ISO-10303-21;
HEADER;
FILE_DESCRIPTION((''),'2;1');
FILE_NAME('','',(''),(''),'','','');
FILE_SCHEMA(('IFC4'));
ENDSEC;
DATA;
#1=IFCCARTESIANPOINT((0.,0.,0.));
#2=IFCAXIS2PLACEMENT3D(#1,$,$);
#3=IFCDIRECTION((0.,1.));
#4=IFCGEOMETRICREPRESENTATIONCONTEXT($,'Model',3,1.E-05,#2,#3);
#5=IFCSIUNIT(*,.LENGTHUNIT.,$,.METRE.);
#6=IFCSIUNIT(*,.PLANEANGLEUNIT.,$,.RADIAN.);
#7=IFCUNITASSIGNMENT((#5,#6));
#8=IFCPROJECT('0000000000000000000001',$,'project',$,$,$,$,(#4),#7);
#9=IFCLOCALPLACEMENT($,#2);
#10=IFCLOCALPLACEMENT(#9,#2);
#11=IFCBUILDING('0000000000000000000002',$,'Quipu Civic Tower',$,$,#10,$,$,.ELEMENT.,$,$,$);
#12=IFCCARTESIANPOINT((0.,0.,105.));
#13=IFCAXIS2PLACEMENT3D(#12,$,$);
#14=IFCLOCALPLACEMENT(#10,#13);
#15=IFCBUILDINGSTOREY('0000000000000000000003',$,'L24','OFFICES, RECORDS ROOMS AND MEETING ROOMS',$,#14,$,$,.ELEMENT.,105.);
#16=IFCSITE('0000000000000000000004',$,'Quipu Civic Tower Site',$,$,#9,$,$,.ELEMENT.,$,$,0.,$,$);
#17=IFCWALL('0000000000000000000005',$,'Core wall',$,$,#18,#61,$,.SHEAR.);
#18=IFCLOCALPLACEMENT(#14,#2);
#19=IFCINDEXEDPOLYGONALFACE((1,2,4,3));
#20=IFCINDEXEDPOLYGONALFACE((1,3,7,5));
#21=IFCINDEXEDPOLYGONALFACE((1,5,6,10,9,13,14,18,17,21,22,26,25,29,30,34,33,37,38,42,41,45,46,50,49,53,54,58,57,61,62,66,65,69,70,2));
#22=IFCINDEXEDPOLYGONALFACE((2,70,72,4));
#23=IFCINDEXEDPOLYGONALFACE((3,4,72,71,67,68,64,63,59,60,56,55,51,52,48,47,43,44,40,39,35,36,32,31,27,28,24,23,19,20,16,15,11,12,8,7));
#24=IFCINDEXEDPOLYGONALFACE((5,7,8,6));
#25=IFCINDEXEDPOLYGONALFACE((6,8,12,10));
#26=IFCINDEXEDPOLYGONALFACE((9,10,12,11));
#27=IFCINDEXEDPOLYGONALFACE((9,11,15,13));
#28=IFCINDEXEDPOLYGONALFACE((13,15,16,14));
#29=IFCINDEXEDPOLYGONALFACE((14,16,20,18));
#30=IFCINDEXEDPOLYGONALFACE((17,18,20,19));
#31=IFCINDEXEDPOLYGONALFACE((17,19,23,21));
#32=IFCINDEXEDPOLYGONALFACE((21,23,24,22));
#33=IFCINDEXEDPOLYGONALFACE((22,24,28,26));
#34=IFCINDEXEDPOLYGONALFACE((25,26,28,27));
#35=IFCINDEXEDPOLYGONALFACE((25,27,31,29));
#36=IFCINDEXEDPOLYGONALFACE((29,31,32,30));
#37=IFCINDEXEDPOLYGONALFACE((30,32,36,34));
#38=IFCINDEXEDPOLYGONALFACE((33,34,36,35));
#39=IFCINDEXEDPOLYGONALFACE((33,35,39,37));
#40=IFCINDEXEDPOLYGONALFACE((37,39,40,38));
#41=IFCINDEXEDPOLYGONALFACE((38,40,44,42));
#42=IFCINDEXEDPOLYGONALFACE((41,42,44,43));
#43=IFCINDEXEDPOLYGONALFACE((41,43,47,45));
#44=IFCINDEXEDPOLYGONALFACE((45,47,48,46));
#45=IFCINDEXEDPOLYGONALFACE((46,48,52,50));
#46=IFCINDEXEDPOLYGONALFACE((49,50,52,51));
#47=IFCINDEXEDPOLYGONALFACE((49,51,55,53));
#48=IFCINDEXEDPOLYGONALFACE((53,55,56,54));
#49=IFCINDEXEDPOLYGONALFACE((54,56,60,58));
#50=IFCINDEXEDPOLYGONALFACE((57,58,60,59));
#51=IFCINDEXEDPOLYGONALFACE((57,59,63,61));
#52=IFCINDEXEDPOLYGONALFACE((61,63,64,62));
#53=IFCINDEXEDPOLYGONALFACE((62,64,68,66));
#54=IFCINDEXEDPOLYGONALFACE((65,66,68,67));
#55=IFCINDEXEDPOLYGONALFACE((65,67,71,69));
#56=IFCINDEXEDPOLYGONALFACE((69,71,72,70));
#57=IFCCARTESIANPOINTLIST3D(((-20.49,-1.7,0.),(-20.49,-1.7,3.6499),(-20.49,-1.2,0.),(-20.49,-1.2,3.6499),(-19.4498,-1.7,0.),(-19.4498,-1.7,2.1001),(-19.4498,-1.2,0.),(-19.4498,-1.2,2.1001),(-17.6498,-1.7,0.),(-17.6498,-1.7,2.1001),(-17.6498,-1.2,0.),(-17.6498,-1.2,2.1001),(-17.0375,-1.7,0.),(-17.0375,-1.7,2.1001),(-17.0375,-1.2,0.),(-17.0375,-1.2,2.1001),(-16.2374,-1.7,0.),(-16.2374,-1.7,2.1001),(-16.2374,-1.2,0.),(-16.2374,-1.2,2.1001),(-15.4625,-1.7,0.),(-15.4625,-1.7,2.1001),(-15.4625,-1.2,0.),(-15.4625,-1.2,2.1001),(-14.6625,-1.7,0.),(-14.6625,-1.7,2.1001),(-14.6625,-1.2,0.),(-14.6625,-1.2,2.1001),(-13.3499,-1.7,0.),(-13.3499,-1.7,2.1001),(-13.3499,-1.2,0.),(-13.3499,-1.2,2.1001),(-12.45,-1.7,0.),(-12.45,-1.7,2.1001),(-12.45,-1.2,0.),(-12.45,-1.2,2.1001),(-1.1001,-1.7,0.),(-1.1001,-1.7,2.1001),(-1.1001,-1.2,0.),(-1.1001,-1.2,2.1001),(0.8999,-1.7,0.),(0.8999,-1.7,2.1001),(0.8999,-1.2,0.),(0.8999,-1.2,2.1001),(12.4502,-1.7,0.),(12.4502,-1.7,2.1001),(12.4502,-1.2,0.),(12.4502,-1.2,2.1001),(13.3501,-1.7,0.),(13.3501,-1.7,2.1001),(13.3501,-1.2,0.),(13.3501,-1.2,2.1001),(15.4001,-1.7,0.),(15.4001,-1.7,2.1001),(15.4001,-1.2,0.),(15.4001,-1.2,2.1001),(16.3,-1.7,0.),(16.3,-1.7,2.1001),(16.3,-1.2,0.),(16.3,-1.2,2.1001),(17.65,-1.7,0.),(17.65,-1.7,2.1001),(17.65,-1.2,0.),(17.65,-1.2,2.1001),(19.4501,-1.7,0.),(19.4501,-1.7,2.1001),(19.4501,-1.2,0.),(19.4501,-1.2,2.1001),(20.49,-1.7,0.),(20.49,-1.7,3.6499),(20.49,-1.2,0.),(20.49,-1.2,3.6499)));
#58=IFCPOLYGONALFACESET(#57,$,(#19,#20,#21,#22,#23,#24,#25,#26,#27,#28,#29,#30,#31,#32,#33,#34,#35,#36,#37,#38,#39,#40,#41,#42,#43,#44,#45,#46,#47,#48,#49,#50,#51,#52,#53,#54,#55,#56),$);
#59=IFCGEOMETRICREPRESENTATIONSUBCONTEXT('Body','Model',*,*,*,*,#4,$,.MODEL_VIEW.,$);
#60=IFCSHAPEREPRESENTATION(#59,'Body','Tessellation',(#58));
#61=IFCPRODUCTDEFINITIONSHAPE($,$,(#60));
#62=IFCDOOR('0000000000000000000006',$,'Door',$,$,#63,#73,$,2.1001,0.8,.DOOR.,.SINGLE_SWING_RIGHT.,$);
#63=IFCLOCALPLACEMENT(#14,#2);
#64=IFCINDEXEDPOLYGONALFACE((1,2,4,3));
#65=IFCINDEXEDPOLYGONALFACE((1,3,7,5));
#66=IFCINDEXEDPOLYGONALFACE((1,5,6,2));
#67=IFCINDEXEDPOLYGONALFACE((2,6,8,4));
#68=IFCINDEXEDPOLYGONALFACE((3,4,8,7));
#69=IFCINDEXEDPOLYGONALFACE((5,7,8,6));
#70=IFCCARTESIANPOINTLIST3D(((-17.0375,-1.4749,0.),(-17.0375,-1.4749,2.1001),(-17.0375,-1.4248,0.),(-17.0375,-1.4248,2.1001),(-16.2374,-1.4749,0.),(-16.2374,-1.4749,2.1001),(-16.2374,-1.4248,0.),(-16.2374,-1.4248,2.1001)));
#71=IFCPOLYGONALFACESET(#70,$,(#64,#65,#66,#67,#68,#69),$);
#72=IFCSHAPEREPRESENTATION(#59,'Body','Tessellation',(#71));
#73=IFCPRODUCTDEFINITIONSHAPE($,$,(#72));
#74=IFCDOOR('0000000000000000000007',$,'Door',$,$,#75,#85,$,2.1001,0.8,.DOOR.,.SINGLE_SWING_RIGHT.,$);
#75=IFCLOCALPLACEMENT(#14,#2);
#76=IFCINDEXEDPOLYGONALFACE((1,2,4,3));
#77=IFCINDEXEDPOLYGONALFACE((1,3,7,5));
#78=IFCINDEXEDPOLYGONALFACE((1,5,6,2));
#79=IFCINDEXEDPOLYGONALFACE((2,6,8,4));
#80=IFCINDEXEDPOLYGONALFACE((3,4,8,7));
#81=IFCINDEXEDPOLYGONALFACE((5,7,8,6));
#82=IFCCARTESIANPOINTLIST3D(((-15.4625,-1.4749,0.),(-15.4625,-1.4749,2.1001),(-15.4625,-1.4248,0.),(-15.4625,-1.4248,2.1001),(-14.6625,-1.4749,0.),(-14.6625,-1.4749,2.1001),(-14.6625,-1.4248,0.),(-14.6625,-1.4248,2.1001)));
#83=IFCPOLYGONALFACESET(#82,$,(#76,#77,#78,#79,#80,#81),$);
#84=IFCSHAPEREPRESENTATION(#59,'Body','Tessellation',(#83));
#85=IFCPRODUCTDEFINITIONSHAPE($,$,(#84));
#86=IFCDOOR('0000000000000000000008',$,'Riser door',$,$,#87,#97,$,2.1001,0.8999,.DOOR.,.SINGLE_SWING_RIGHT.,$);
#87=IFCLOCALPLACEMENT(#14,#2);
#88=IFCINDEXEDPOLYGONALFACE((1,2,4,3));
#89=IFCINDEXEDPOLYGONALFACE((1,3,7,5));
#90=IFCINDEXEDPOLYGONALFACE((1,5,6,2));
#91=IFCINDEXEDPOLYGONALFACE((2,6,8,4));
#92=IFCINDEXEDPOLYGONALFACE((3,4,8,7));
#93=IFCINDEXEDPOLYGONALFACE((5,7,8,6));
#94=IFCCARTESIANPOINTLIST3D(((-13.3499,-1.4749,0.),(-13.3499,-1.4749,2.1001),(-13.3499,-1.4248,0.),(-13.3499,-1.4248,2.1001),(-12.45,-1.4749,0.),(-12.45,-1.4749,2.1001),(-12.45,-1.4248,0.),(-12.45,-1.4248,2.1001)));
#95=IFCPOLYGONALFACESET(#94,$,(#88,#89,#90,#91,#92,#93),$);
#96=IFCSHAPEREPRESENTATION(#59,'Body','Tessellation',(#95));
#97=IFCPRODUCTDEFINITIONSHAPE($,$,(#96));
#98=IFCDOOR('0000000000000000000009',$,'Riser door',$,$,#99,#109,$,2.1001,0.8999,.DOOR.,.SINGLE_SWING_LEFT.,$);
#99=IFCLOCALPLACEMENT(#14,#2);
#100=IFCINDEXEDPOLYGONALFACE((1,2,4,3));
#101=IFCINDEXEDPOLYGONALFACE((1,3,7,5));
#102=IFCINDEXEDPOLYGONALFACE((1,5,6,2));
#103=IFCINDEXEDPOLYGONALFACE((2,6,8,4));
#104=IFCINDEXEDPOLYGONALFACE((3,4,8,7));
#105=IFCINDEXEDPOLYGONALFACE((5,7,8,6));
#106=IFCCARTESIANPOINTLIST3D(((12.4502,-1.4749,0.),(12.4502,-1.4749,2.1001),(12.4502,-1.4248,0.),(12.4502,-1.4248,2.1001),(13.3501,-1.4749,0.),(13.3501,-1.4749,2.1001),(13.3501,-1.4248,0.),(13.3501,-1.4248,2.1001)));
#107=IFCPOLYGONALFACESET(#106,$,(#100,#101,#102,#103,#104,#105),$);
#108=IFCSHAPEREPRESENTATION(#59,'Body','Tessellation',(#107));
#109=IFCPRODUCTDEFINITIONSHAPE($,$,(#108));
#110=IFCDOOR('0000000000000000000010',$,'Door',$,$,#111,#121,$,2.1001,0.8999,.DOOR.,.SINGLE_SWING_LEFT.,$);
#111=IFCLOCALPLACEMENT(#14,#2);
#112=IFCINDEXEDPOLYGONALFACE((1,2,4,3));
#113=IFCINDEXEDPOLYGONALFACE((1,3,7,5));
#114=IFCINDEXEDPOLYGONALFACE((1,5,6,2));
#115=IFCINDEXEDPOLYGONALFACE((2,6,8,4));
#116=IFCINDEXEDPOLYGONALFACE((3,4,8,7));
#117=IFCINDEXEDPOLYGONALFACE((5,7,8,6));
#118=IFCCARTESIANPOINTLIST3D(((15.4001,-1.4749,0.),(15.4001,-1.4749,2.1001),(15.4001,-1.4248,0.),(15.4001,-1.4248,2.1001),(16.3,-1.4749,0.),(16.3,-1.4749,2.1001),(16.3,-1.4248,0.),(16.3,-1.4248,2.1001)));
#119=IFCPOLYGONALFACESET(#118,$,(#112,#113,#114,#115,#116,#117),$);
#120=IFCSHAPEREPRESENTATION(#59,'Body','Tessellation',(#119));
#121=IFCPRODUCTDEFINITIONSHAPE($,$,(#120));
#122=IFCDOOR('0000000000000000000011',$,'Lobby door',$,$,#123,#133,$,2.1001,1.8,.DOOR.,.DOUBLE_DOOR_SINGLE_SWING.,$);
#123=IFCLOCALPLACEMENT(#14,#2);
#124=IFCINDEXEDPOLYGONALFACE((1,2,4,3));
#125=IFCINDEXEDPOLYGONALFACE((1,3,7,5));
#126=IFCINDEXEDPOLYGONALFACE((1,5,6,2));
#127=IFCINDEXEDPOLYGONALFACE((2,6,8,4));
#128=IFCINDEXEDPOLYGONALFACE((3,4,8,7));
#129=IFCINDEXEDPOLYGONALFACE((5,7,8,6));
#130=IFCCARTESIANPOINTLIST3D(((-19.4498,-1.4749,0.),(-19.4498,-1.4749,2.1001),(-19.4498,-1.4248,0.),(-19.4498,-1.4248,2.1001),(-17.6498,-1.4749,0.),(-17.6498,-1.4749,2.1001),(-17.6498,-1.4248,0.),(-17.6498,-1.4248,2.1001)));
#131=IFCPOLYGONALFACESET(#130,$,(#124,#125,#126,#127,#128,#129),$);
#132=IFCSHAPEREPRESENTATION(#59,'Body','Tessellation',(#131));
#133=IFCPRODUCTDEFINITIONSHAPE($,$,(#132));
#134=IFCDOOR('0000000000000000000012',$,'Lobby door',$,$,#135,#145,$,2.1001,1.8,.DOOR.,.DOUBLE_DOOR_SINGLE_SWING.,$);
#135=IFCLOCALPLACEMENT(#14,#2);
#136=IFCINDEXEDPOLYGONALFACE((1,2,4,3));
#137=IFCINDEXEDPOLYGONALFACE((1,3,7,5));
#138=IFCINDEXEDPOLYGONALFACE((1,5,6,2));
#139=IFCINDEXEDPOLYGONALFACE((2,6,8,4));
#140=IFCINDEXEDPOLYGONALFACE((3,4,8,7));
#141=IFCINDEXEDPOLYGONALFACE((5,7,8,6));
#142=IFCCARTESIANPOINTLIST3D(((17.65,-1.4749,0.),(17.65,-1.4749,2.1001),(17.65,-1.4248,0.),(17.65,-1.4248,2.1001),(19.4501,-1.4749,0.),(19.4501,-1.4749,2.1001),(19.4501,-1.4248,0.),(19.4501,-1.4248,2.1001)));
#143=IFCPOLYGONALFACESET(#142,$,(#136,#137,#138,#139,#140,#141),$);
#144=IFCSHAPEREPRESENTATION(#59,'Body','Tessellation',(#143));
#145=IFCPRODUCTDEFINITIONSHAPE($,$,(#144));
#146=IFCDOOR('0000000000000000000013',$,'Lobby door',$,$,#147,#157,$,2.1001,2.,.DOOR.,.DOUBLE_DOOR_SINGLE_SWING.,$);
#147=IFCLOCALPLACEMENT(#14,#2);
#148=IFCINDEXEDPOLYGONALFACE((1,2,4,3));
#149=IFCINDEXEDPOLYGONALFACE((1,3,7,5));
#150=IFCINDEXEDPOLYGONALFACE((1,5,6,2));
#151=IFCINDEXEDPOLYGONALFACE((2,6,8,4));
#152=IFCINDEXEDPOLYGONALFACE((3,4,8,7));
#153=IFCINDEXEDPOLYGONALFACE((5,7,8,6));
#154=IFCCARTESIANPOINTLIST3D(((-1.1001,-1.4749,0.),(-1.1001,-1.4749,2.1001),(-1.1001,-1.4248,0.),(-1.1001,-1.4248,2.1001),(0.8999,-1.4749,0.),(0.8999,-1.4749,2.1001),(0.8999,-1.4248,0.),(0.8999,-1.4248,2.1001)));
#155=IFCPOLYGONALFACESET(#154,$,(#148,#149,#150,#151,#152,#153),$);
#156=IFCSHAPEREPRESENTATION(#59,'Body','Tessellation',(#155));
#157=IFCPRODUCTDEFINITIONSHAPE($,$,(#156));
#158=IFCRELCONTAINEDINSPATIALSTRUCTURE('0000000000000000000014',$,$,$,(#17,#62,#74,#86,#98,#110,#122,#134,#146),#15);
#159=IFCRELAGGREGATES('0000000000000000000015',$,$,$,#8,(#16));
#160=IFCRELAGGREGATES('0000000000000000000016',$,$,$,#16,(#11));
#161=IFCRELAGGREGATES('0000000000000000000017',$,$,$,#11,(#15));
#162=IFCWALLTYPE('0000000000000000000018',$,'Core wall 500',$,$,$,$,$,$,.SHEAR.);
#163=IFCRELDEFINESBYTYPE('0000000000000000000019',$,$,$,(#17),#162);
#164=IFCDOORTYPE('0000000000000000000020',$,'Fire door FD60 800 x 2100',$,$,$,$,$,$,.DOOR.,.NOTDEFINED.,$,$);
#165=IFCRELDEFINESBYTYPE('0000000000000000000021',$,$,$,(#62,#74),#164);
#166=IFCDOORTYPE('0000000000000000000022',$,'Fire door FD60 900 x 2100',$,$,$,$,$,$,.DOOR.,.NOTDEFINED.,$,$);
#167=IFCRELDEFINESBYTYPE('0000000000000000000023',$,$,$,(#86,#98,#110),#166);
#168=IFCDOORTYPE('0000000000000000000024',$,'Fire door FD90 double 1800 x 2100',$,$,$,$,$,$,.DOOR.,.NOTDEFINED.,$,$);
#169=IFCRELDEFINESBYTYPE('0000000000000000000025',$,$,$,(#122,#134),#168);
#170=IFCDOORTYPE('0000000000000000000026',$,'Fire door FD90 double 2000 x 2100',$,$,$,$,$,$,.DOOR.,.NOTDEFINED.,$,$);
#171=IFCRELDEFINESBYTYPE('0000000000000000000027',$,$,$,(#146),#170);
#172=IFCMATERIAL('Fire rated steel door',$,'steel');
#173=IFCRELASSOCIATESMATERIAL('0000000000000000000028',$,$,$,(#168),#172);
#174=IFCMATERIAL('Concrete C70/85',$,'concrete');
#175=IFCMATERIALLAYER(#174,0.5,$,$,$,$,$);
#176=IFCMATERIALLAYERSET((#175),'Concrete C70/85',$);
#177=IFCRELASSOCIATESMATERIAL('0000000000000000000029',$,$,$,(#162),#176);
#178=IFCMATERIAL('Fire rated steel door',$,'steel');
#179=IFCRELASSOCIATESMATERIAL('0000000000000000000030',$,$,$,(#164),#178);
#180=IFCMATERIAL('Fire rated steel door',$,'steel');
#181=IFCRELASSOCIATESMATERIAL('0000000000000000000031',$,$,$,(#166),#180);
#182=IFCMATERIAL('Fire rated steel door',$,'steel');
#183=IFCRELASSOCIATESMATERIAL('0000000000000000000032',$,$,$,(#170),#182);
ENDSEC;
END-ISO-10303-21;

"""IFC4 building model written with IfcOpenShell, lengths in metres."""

from ifc_helpers import new_model, si_unit, direction, frame, frame_2d, origin, place, context, subcontext, project, spatial, rectangle, extrude, material, layer, layer_set, type_object, element, fill, save


model = new_model("IFC4")

# Units and contexts
model_context = context("Model", 3, precision=1e-05, world=origin(), true_north=direction((0.0, 1.0)))
body_context = subcontext(model_context, "Body", "Model", "MODEL_VIEW")
ifc_project = project(units=[si_unit("LENGTHUNIT", "METRE"), si_unit("PLANEANGLEUNIT", "RADIAN")], contexts=[model_context])

# Site, building, storey
site_placement = place(None, origin())
site = spatial("IfcSite", under=ifc_project, at=site_placement, Name="Quipu Civic Tower Site", CompositionType="ELEMENT", RefElevation=0.0)
building_placement = place(site_placement, origin())
building = spatial("IfcBuilding", under=site, at=building_placement, Name="Quipu Civic Tower", CompositionType="ELEMENT")
storey_placement = place(building_placement, frame((0.0, 0.0, 105.0)))
storey = spatial("IfcBuildingStorey", under=building, at=storey_placement, Name="L24", Description="OFFICES, RECORDS ROOMS AND MEETING ROOMS", CompositionType="ELEMENT", Elevation=105.0)

# Shared definitions
ifc_material_1 = material(Name="Fire rated steel door", Category="steel")
door_type_1 = type_object("IfcDoorType", Name="Fire door FD90 double 1800 x 2100", OperationType="NOTDEFINED", PredefinedType="DOOR", material=ifc_material_1)

# Shared definitions
ifc_material_2 = material(Name="Concrete C70/85", Category="concrete")
ifc_layer_1 = layer(ifc_material_2, 0.5)
ifc_layer_set_1 = layer_set([ifc_layer_1], Name="Concrete C70/85")
wall_type_1 = type_object("IfcWallType", Name="Core wall 500", PredefinedType="SHEAR", material=ifc_layer_set_1)

# Wall, openings, doors
wall_1_placement = place(storey_placement, frame((20.49, -1.45, 0.0), z_axis=(0.0, 0.0, 1.0), x_axis=(-1.0, 0.0, 0.0)))
wall_1 = element("IfcWall", 1, at=wall_1_placement, inside=storey, type_object=wall_type_1, Name="Core wall", PredefinedType="SHEAR", context=body_context, shape_type="SweptSolid", body=[
    extrude(rectangle(XDim=40.98, YDim=0.5, at=frame_2d((20.49, 0.0))), origin(), (0.0, 0.0, 1.0), 3.6499),
])
opening_1_placement = place(wall_1_placement, frame((38.1399, 0.0, 0.0)))
opening_1 = element("IfcOpeningElement", 2, at=opening_1_placement, cuts=wall_1, PredefinedType="OPENING", context=body_context, shape_type="SweptSolid", body=[
    extrude(rectangle(XDim=1.8, YDim=2.1001, at=frame_2d((0.8999, 1.05))), frame((0.0, 0.26, 0.0), z_axis=(0.0, -1.0, 0.0), x_axis=(1.0, 0.0, 0.0)), (0.0, 0.0, 1.0), 0.52),
])
opening_2_placement = place(wall_1_placement, frame((36.7275, 0.0, 0.0)))
opening_2 = element("IfcOpeningElement", 3, at=opening_2_placement, cuts=wall_1, PredefinedType="OPENING", context=body_context, shape_type="SweptSolid", body=[
    extrude(rectangle(XDim=0.8, YDim=2.1001, at=frame_2d((0.3999, 1.05))), frame((0.0, 0.26, 0.0), z_axis=(0.0, -1.0, 0.0), x_axis=(1.0, 0.0, 0.0)), (0.0, 0.0, 1.0), 0.52),
])
opening_3_placement = place(wall_1_placement, frame((35.1526, 0.0, 0.0)))
opening_3 = element("IfcOpeningElement", 4, at=opening_3_placement, cuts=wall_1, PredefinedType="OPENING", context=body_context, shape_type="SweptSolid", body=[
    extrude(rectangle(XDim=0.8, YDim=2.1001, at=frame_2d((0.3999, 1.05))), frame((0.0, 0.26, 0.0), z_axis=(0.0, -1.0, 0.0), x_axis=(1.0, 0.0, 0.0)), (0.0, 0.0, 1.0), 0.52),
])
opening_4_placement = place(wall_1_placement, frame((32.9399, 0.0, 0.0)))
opening_4 = element("IfcOpeningElement", 5, at=opening_4_placement, cuts=wall_1, PredefinedType="OPENING", context=body_context, shape_type="SweptSolid", body=[
    extrude(rectangle(XDim=0.8999, YDim=2.1001, at=frame_2d((0.45, 1.05))), frame((0.0, 0.26, 0.0), z_axis=(0.0, -1.0, 0.0), x_axis=(1.0, 0.0, 0.0)), (0.0, 0.0, 1.0), 0.52),
])
opening_5_placement = place(wall_1_placement, frame((19.5901, 0.0, 0.0)))
opening_5 = element("IfcOpeningElement", 6, at=opening_5_placement, cuts=wall_1, PredefinedType="OPENING", context=body_context, shape_type="SweptSolid", body=[
    extrude(rectangle(XDim=2.0, YDim=2.1001, at=frame_2d((1.0, 1.05))), frame((0.0, 0.26, 0.0), z_axis=(0.0, -1.0, 0.0), x_axis=(1.0, 0.0, 0.0)), (0.0, 0.0, 1.0), 0.52),
])
opening_6_placement = place(wall_1_placement, frame((7.1399, 0.0, 0.0)))
opening_6 = element("IfcOpeningElement", 7, at=opening_6_placement, cuts=wall_1, PredefinedType="OPENING", context=body_context, shape_type="SweptSolid", body=[
    extrude(rectangle(XDim=0.8999, YDim=2.1001, at=frame_2d((0.45, 1.05))), frame((0.0, 0.26, 0.0), z_axis=(0.0, -1.0, 0.0), x_axis=(1.0, 0.0, 0.0)), (0.0, 0.0, 1.0), 0.52),
])
opening_7_placement = place(wall_1_placement, frame((4.1899, 0.0, 0.0)))
opening_7 = element("IfcOpeningElement", 8, at=opening_7_placement, cuts=wall_1, PredefinedType="OPENING", context=body_context, shape_type="SweptSolid", body=[
    extrude(rectangle(XDim=0.8999, YDim=2.1001, at=frame_2d((0.45, 1.05))), frame((0.0, 0.26, 0.0), z_axis=(0.0, -1.0, 0.0), x_axis=(1.0, 0.0, 0.0)), (0.0, 0.0, 1.0), 0.52),
])
opening_8_placement = place(wall_1_placement, frame((1.04, 0.0, 0.0)))
opening_8 = element("IfcOpeningElement", 9, at=opening_8_placement, cuts=wall_1, PredefinedType="OPENING", context=body_context, shape_type="SweptSolid", body=[
    extrude(rectangle(XDim=1.8, YDim=2.1001, at=frame_2d((0.8999, 1.05))), frame((0.0, 0.26, 0.0), z_axis=(0.0, -1.0, 0.0), x_axis=(1.0, 0.0, 0.0)), (0.0, 0.0, 1.0), 0.52),
])
ifc_material_3 = material(Name="Fire rated steel door", Category="steel")
door_type_2 = type_object("IfcDoorType", Name="Fire door FD60 800 x 2100", OperationType="NOTDEFINED", PredefinedType="DOOR", material=ifc_material_3)
door_1_placement = place(opening_2_placement, origin())
door_1 = element("IfcDoor", 10, at=door_1_placement, inside=storey, type_object=door_type_2, Name="Door", OperationType="SINGLE_SWING_RIGHT", OverallHeight=2.1001, OverallWidth=0.8, PredefinedType="DOOR", context=body_context, shape_type="SweptSolid", body=[
    extrude(rectangle(XDim=0.8, YDim=2.1001, at=frame_2d((0.3999, 1.05))), frame((0.0, 0.0249, 0.0), z_axis=(0.0, -1.0, 0.0), x_axis=(1.0, 0.0, 0.0)), (0.0, 0.0, 1.0), 0.05),
])
fill(opening_2, door_1)
door_2_placement = place(opening_3_placement, origin())
door_2 = element("IfcDoor", 11, at=door_2_placement, inside=storey, type_object=door_type_2, Name="Door", OperationType="SINGLE_SWING_RIGHT", OverallHeight=2.1001, OverallWidth=0.8, PredefinedType="DOOR", context=body_context, shape_type="SweptSolid", body=[
    extrude(rectangle(XDim=0.8, YDim=2.1001, at=frame_2d((0.3999, 1.05))), frame((0.0, 0.0249, 0.0), z_axis=(0.0, -1.0, 0.0), x_axis=(1.0, 0.0, 0.0)), (0.0, 0.0, 1.0), 0.05),
])
fill(opening_3, door_2)
ifc_material_4 = material(Name="Fire rated steel door", Category="steel")
door_type_3 = type_object("IfcDoorType", Name="Fire door FD60 900 x 2100", OperationType="NOTDEFINED", PredefinedType="DOOR", material=ifc_material_4)
door_3_placement = place(opening_4_placement, origin())
door_3 = element("IfcDoor", 12, at=door_3_placement, inside=storey, type_object=door_type_3, Name="Riser door", OperationType="SINGLE_SWING_RIGHT", OverallHeight=2.1001, OverallWidth=0.8999, PredefinedType="DOOR", context=body_context, shape_type="SweptSolid", body=[
    extrude(rectangle(XDim=0.8999, YDim=2.1001, at=frame_2d((0.45, 1.05))), frame((0.0, 0.0249, 0.0), z_axis=(0.0, -1.0, 0.0), x_axis=(1.0, 0.0, 0.0)), (0.0, 0.0, 1.0), 0.05),
])
fill(opening_4, door_3)
door_4_placement = place(opening_6_placement, origin())
door_4 = element("IfcDoor", 13, at=door_4_placement, inside=storey, type_object=door_type_3, Name="Riser door", OperationType="SINGLE_SWING_LEFT", OverallHeight=2.1001, OverallWidth=0.8999, PredefinedType="DOOR", context=body_context, shape_type="SweptSolid", body=[
    extrude(rectangle(XDim=0.8999, YDim=2.1001, at=frame_2d((0.45, 1.05))), frame((0.0, 0.0249, 0.0), z_axis=(0.0, -1.0, 0.0), x_axis=(1.0, 0.0, 0.0)), (0.0, 0.0, 1.0), 0.05),
])
fill(opening_6, door_4)
door_5_placement = place(opening_7_placement, origin())
door_5 = element("IfcDoor", 14, at=door_5_placement, inside=storey, type_object=door_type_3, Name="Door", OperationType="SINGLE_SWING_LEFT", OverallHeight=2.1001, OverallWidth=0.8999, PredefinedType="DOOR", context=body_context, shape_type="SweptSolid", body=[
    extrude(rectangle(XDim=0.8999, YDim=2.1001, at=frame_2d((0.45, 1.05))), frame((0.0, 0.0249, 0.0), z_axis=(0.0, -1.0, 0.0), x_axis=(1.0, 0.0, 0.0)), (0.0, 0.0, 1.0), 0.05),
])
fill(opening_7, door_5)
door_6_placement = place(opening_1_placement, origin())
door_6 = element("IfcDoor", 15, at=door_6_placement, inside=storey, type_object=door_type_1, Name="Lobby door", OperationType="DOUBLE_DOOR_SINGLE_SWING", OverallHeight=2.1001, OverallWidth=1.8, PredefinedType="DOOR", context=body_context, shape_type="SweptSolid", body=[
    extrude(rectangle(XDim=1.8, YDim=2.1001, at=frame_2d((0.8999, 1.05))), frame((0.0, 0.0249, 0.0), z_axis=(0.0, -1.0, 0.0), x_axis=(1.0, 0.0, 0.0)), (0.0, 0.0, 1.0), 0.05),
])
fill(opening_1, door_6)
door_7_placement = place(opening_8_placement, origin())
door_7 = element("IfcDoor", 16, at=door_7_placement, inside=storey, type_object=door_type_1, Name="Lobby door", OperationType="DOUBLE_DOOR_SINGLE_SWING", OverallHeight=2.1001, OverallWidth=1.8, PredefinedType="DOOR", context=body_context, shape_type="SweptSolid", body=[
    extrude(rectangle(XDim=1.8, YDim=2.1001, at=frame_2d((0.8999, 1.05))), frame((0.0, 0.0249, 0.0), z_axis=(0.0, -1.0, 0.0), x_axis=(1.0, 0.0, 0.0)), (0.0, 0.0, 1.0), 0.05),
])
fill(opening_8, door_7)
ifc_material_5 = material(Name="Fire rated steel door", Category="steel")
door_type_4 = type_object("IfcDoorType", Name="Fire door FD90 double 2000 x 2100", OperationType="NOTDEFINED", PredefinedType="DOOR", material=ifc_material_5)
door_8_placement = place(opening_5_placement, origin())
door_8 = element("IfcDoor", 17, at=door_8_placement, inside=storey, type_object=door_type_4, Name="Lobby door", OperationType="DOUBLE_DOOR_SINGLE_SWING", OverallHeight=2.1001, OverallWidth=2.0, PredefinedType="DOOR", context=body_context, shape_type="SweptSolid", body=[
    extrude(rectangle(XDim=2.0, YDim=2.1001, at=frame_2d((1.0, 1.05))), frame((0.0, 0.0249, 0.0), z_axis=(0.0, -1.0, 0.0), x_axis=(1.0, 0.0, 0.0)), (0.0, 0.0, 1.0), 0.05),
])
fill(opening_5, door_8)

save(model, "model.ifc")
